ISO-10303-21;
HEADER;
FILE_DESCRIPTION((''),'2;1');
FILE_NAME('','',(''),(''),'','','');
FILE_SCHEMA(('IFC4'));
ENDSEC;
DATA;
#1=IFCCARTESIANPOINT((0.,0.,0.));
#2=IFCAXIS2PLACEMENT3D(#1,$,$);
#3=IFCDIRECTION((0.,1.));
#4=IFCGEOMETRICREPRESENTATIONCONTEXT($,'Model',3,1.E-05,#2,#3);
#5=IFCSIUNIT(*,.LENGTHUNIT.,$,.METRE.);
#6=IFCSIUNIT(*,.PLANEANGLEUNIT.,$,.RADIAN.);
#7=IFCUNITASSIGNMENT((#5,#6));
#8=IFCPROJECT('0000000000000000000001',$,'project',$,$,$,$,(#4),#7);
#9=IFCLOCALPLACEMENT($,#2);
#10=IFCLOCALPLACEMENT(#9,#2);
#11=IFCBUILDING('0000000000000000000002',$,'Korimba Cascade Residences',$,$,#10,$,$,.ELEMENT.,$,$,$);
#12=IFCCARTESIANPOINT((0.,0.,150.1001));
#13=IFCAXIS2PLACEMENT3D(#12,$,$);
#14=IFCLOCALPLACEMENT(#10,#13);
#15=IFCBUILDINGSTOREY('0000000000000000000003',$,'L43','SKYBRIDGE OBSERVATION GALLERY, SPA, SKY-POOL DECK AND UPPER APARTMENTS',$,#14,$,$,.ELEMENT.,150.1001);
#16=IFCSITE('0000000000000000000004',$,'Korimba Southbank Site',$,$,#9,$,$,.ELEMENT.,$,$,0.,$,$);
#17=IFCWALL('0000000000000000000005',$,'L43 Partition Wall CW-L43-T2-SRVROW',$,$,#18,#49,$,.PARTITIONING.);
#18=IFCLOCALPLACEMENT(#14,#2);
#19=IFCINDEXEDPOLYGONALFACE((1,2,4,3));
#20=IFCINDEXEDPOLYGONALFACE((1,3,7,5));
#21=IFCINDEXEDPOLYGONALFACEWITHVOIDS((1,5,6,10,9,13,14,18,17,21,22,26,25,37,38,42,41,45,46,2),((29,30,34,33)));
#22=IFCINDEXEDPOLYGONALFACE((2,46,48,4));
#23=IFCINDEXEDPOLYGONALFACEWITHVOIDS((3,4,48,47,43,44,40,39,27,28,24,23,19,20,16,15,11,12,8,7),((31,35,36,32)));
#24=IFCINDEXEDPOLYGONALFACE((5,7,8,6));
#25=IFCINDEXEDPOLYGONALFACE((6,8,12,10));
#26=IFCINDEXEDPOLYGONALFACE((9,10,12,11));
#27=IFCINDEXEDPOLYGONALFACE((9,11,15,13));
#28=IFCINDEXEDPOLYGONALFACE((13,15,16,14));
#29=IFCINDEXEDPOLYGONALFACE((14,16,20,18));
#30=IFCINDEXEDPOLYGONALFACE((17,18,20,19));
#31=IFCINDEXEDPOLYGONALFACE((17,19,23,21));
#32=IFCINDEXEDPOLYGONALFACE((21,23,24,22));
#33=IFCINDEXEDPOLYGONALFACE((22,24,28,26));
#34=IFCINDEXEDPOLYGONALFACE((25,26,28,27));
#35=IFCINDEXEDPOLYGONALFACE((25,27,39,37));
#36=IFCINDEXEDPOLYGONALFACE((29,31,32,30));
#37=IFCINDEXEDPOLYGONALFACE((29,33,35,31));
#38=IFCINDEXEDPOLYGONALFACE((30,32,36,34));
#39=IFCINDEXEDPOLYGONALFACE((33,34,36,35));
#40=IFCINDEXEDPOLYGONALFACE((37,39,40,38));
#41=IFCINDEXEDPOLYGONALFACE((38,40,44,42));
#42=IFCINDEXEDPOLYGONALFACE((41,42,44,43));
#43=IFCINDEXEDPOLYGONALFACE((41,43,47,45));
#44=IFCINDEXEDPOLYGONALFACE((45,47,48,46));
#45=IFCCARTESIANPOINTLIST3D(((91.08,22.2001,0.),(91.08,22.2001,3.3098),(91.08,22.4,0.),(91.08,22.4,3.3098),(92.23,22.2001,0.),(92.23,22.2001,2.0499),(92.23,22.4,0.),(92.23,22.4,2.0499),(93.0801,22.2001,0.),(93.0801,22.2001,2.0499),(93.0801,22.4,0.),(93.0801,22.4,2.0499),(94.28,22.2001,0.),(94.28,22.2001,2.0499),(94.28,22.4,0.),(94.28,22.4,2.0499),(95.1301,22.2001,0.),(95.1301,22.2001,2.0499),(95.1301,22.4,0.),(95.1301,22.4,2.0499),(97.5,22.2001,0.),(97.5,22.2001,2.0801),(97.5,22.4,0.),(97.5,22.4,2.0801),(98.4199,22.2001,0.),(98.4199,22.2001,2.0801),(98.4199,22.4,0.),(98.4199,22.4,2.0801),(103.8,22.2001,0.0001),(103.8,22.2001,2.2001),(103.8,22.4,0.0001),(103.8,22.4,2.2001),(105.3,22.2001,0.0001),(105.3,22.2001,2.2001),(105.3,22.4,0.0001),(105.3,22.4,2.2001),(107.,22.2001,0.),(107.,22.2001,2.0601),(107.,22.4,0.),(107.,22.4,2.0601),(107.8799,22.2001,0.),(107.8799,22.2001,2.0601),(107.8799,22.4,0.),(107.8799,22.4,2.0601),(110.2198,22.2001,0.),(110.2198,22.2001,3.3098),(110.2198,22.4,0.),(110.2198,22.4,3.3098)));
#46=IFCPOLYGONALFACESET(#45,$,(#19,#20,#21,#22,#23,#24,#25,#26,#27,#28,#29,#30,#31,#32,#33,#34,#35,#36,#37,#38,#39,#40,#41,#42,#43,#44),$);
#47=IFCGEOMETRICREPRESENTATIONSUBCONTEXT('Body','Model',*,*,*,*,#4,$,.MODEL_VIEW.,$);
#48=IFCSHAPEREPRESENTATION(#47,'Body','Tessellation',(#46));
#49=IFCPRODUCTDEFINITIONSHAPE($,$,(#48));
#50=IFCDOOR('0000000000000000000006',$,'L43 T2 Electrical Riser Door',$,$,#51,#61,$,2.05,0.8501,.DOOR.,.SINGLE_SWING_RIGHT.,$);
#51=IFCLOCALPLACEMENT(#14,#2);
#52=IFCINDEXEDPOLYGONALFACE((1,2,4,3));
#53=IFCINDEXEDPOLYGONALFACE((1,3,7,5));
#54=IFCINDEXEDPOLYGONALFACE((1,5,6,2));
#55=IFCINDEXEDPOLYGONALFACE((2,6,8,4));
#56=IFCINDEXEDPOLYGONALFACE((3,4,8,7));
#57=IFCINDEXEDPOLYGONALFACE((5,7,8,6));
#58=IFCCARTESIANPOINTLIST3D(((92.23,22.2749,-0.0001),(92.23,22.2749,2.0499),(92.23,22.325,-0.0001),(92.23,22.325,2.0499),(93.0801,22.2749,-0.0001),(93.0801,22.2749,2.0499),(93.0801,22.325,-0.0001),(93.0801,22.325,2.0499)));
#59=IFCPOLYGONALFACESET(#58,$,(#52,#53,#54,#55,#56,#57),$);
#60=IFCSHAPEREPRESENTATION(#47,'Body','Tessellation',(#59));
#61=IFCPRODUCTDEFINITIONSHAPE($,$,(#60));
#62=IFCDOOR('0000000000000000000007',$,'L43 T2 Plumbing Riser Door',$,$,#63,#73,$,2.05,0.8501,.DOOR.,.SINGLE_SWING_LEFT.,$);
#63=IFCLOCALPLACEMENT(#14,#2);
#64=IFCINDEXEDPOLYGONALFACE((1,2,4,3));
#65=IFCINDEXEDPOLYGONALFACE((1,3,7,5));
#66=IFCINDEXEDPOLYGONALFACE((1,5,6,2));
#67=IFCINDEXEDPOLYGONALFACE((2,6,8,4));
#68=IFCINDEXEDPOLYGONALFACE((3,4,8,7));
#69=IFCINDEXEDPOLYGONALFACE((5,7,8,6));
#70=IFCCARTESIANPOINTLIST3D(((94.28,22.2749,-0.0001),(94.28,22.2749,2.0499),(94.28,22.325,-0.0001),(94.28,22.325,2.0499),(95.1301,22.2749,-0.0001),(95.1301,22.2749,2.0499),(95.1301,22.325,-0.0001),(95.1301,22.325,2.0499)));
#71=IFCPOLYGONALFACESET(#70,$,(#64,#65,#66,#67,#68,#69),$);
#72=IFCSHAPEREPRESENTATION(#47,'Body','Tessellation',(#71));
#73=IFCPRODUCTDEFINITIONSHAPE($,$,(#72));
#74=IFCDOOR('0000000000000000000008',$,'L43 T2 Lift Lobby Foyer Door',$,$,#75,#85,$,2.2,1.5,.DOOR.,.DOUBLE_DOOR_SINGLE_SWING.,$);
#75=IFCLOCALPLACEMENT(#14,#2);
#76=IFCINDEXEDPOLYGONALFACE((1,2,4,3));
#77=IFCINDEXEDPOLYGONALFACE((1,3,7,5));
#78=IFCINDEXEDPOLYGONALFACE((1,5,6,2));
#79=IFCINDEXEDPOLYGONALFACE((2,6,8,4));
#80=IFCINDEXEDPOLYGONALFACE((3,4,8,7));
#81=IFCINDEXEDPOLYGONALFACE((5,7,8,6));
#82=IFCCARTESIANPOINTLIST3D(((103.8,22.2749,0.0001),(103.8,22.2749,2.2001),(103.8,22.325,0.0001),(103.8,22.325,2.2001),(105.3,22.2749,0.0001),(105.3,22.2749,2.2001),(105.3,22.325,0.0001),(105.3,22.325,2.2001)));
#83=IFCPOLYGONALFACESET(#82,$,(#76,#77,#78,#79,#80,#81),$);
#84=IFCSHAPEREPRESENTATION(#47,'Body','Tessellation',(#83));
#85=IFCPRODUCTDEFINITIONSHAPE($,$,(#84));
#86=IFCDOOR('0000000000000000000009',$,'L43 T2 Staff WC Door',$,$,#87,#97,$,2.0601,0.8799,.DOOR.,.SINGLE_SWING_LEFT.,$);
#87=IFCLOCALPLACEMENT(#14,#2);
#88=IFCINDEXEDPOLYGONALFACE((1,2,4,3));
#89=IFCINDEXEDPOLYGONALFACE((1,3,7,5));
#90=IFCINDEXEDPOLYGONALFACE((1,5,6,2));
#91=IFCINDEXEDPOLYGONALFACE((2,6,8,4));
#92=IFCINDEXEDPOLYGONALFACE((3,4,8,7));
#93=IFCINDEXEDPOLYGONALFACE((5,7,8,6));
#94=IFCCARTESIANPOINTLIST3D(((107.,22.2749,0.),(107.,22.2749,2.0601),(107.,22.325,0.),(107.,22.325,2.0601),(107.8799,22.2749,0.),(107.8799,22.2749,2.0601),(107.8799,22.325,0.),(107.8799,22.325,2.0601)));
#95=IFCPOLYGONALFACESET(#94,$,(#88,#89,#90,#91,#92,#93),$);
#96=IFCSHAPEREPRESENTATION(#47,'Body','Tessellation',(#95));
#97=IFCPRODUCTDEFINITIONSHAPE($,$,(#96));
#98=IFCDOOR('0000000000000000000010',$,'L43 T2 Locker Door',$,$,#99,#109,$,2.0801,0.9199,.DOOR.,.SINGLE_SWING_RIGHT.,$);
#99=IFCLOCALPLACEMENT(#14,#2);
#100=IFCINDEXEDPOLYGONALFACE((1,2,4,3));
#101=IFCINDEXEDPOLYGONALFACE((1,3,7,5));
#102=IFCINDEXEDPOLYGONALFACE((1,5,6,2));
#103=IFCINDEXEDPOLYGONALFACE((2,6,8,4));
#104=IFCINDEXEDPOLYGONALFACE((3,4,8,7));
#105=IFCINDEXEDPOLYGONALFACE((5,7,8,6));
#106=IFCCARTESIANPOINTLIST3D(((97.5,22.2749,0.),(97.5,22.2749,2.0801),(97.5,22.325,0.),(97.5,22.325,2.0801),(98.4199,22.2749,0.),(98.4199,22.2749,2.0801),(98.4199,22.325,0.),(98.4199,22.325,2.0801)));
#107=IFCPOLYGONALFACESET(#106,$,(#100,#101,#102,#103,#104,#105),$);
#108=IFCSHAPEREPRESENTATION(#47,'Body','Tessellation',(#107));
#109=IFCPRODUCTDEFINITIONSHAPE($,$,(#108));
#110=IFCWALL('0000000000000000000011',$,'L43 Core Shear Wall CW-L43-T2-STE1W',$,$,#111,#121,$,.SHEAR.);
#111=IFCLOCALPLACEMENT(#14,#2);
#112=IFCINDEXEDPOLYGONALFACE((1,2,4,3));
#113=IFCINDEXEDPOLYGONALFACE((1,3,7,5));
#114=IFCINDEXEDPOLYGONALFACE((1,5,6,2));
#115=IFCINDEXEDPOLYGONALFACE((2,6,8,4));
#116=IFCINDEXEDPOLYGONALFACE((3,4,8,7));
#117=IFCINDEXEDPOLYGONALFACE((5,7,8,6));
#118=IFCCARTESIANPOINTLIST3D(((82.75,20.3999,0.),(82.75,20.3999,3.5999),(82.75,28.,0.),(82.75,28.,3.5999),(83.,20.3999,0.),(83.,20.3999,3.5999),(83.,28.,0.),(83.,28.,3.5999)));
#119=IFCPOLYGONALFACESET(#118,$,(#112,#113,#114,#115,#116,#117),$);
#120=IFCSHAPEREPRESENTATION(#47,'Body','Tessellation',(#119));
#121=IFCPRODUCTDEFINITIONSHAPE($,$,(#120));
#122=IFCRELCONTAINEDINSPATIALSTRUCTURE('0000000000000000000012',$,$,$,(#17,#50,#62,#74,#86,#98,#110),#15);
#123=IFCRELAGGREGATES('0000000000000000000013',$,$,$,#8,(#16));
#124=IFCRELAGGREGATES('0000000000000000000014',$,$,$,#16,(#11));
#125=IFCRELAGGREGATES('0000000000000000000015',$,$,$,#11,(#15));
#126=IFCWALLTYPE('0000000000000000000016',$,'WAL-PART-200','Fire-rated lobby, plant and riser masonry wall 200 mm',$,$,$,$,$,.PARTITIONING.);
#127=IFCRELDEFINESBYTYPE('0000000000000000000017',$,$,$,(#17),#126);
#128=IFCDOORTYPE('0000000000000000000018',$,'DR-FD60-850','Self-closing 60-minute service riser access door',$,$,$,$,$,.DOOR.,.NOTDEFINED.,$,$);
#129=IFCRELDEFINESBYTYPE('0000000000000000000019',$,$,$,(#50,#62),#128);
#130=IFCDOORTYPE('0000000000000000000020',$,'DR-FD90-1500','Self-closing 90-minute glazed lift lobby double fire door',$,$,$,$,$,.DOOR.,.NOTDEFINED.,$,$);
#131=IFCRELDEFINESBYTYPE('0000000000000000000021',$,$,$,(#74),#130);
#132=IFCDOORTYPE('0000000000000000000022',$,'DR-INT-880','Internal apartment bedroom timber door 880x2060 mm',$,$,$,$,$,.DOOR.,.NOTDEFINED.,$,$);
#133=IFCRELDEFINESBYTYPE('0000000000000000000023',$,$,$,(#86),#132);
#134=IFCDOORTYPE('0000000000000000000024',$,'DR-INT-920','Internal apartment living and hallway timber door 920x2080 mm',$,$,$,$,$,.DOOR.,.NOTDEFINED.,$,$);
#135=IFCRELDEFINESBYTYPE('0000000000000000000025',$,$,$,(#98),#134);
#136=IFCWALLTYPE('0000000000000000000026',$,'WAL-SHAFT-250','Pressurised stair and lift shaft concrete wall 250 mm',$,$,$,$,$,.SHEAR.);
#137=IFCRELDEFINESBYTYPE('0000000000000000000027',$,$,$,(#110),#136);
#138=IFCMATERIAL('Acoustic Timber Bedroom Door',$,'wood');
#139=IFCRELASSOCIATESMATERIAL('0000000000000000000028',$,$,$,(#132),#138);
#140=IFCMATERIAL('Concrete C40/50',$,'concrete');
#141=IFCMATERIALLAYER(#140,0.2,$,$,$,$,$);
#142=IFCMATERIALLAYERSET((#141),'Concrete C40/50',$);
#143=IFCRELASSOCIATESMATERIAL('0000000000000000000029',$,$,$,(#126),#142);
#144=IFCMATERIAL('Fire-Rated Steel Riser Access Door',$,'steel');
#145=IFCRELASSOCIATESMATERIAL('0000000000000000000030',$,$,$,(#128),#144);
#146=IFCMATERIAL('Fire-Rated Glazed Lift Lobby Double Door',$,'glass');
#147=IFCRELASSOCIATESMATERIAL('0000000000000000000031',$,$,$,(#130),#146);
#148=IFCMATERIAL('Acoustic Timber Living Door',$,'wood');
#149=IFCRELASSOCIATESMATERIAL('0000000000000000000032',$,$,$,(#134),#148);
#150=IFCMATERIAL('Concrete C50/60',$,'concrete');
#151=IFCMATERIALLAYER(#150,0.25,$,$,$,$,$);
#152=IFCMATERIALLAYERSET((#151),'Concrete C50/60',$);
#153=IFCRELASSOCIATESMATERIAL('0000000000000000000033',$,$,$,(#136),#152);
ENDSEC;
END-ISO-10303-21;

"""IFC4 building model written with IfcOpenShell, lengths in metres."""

from ifc_helpers import new_model, si_unit, direction, frame, frame_2d, origin, place, context, subcontext, project, spatial, rectangle, extrude, material, layer, layer_set, type_object, element, fill, save


model = new_model("IFC4")

# Units and contexts
model_context = context("Model", 3, precision=1e-05, world=origin(), true_north=direction((0.0, 1.0)))
body_context = subcontext(model_context, "Body", "Model", "MODEL_VIEW")
ifc_project = project(units=[si_unit("LENGTHUNIT", "METRE"), si_unit("PLANEANGLEUNIT", "RADIAN")], contexts=[model_context])

# Site, building, storey
site_placement = place(None, origin())
site = spatial("IfcSite", under=ifc_project, at=site_placement, Name="Korimba Southbank Site", CompositionType="ELEMENT", RefElevation=0.0)
building_placement = place(site_placement, origin())
building = spatial("IfcBuilding", under=site, at=building_placement, Name="Korimba Cascade Residences", CompositionType="ELEMENT")
storey_placement = place(building_placement, frame((0.0, 0.0, 150.1001)))
storey = spatial("IfcBuildingStorey", under=building, at=storey_placement, Name="L43", Description="SKYBRIDGE OBSERVATION GALLERY, SPA, SKY-POOL DECK AND UPPER APARTMENTS", CompositionType="ELEMENT", Elevation=150.1001)

# Shared definitions
ifc_material_1 = material(Name="Acoustic Timber Bedroom Door", Category="wood")
door_type_1 = type_object("IfcDoorType", Name="DR-INT-880", Description="Internal apartment bedroom timber door 880x2060 mm", OperationType="NOTDEFINED", PredefinedType="DOOR", material=ifc_material_1)
ifc_material_2 = material(Name="Concrete C40/50", Category="concrete")
ifc_layer_1 = layer(ifc_material_2, 0.2)
ifc_layer_set_1 = layer_set([ifc_layer_1], Name="Concrete C40/50")
wall_type_1 = type_object("IfcWallType", Name="WAL-PART-200", Description="Fire-rated lobby, plant and riser masonry wall 200 mm", PredefinedType="PARTITIONING", material=ifc_layer_set_1)

# Wall, openings, doors
wall_1_placement = place(storey_placement, frame((91.0801, 22.3, 0.0), z_axis=(0.0, 0.0, 1.0), x_axis=(1.0, 0.0, 0.0)))
wall_1 = element("IfcWall", 1, at=wall_1_placement, inside=storey, type_object=wall_type_1, Name="L43 Partition Wall CW-L43-T2-SRVROW", PredefinedType="PARTITIONING", context=body_context, shape_type="SweptSolid", body=[
    extrude(rectangle(XDim=19.1399, YDim=0.2, at=frame_2d((9.5698, 0.0))), origin(), (0.0, 0.0, 1.0), 3.3098),
])
opening_1_placement = place(wall_1_placement, frame((1.1499, 0.0, 0.0)))
opening_1 = element("IfcOpeningElement", 2, at=opening_1_placement, cuts=wall_1, PredefinedType="OPENING", context=body_context, shape_type="SweptSolid", body=[
    extrude(rectangle(XDim=0.8501, YDim=2.05, at=frame_2d((0.425, 1.0249))), frame((0.0, 0.1099, 0.0), z_axis=(0.0, -1.0, 0.0), x_axis=(1.0, 0.0, 0.0)), (0.0, 0.0, 1.0), 0.22),
])
opening_2_placement = place(wall_1_placement, frame((3.2, 0.0, 0.0)))
opening_2 = element("IfcOpeningElement", 3, at=opening_2_placement, cuts=wall_1, PredefinedType="OPENING", context=body_context, shape_type="SweptSolid", body=[
    extrude(rectangle(XDim=0.8501, YDim=2.05, at=frame_2d((0.425, 1.0249))), frame((0.0, 0.1099, 0.0), z_axis=(0.0, -1.0, 0.0), x_axis=(1.0, 0.0, 0.0)), (0.0, 0.0, 1.0), 0.22),
])
opening_3_placement = place(wall_1_placement, frame((12.72, 0.0, 0.0)))
opening_3 = element("IfcOpeningElement", 4, at=opening_3_placement, cuts=wall_1, PredefinedType="OPENING", context=body_context, shape_type="SweptSolid", body=[
    extrude(rectangle(XDim=1.5, YDim=2.2, at=frame_2d((0.75, 1.1001))), frame((0.0, 0.1099, 0.0), z_axis=(0.0, -1.0, 0.0), x_axis=(1.0, 0.0, 0.0)), (0.0, 0.0, 1.0), 0.22),
])
opening_4_placement = place(wall_1_placement, frame((6.4199, 0.0, 0.0)))
opening_4 = element("IfcOpeningElement", 5, at=opening_4_placement, cuts=wall_1, PredefinedType="OPENING", context=body_context, shape_type="SweptSolid", body=[
    extrude(rectangle(XDim=0.9199, YDim=2.0801, at=frame_2d((0.46, 1.04))), frame((0.0, 0.1099, 0.0), z_axis=(0.0, -1.0, 0.0), x_axis=(1.0, 0.0, 0.0)), (0.0, 0.0, 1.0), 0.22),
])
opening_5_placement = place(wall_1_placement, frame((15.9199, 0.0, 0.0)))
opening_5 = element("IfcOpeningElement", 6, at=opening_5_placement, cuts=wall_1, PredefinedType="OPENING", context=body_context, shape_type="SweptSolid", body=[
    extrude(rectangle(XDim=0.8799, YDim=2.0601, at=frame_2d((0.4399, 1.03))), frame((0.0, 0.1099, 0.0), z_axis=(0.0, -1.0, 0.0), x_axis=(1.0, 0.0, 0.0)), (0.0, 0.0, 1.0), 0.22),
])
ifc_material_3 = material(Name="Fire-Rated Steel Riser Access Door", Category="steel")
door_type_2 = type_object("IfcDoorType", Name="DR-FD60-850", Description="Self-closing 60-minute service riser access door", OperationType="NOTDEFINED", PredefinedType="DOOR", material=ifc_material_3)
door_1_placement = place(opening_1_placement, origin())
door_1 = element("IfcDoor", 7, at=door_1_placement, inside=storey, type_object=door_type_2, Name="L43 T2 Electrical Riser Door", OperationType="SINGLE_SWING_RIGHT", OverallHeight=2.05, OverallWidth=0.8501, PredefinedType="DOOR", context=body_context, shape_type="SweptSolid", body=[
    extrude(rectangle(XDim=0.8501, YDim=2.05, at=frame_2d((0.425, 1.0249))), frame((0.0, 0.0249, 0.0), z_axis=(0.0, -1.0, 0.0), x_axis=(1.0, 0.0, 0.0)), (0.0, 0.0, 1.0), 0.05),
])
fill(opening_1, door_1)
door_2_placement = place(opening_2_placement, origin())
door_2 = element("IfcDoor", 8, at=door_2_placement, inside=storey, type_object=door_type_2, Name="L43 T2 Plumbing Riser Door", OperationType="SINGLE_SWING_LEFT", OverallHeight=2.05, OverallWidth=0.8501, PredefinedType="DOOR", context=body_context, shape_type="SweptSolid", body=[
    extrude(rectangle(XDim=0.8501, YDim=2.05, at=frame_2d((0.425, 1.0249))), frame((0.0, 0.0249, 0.0), z_axis=(0.0, -1.0, 0.0), x_axis=(1.0, 0.0, 0.0)), (0.0, 0.0, 1.0), 0.05),
])
fill(opening_2, door_2)
ifc_material_4 = material(Name="Fire-Rated Glazed Lift Lobby Double Door", Category="glass")
door_type_3 = type_object("IfcDoorType", Name="DR-FD90-1500", Description="Self-closing 90-minute glazed lift lobby double fire door", OperationType="NOTDEFINED", PredefinedType="DOOR", material=ifc_material_4)
door_3_placement = place(opening_3_placement, origin())
door_3 = element("IfcDoor", 9, at=door_3_placement, inside=storey, type_object=door_type_3, Name="L43 T2 Lift Lobby Foyer Door", OperationType="DOUBLE_DOOR_SINGLE_SWING", OverallHeight=2.2, OverallWidth=1.5, PredefinedType="DOOR", context=body_context, shape_type="SweptSolid", body=[
    extrude(rectangle(XDim=1.5, YDim=2.2, at=frame_2d((0.75, 1.1001))), frame((0.0, 0.0249, 0.0), z_axis=(0.0, -1.0, 0.0), x_axis=(1.0, 0.0, 0.0)), (0.0, 0.0, 1.0), 0.05),
])
fill(opening_3, door_3)
door_4_placement = place(opening_5_placement, origin())
door_4 = element("IfcDoor", 10, at=door_4_placement, inside=storey, type_object=door_type_1, Name="L43 T2 Staff WC Door", OperationType="SINGLE_SWING_LEFT", OverallHeight=2.0601, OverallWidth=0.8799, PredefinedType="DOOR", context=body_context, shape_type="SweptSolid", body=[
    extrude(rectangle(XDim=0.8799, YDim=2.0601, at=frame_2d((0.4399, 1.03))), frame((0.0, 0.0249, 0.0), z_axis=(0.0, -1.0, 0.0), x_axis=(1.0, 0.0, 0.0)), (0.0, 0.0, 1.0), 0.05),
])
fill(opening_5, door_4)
ifc_material_5 = material(Name="Acoustic Timber Living Door", Category="wood")
door_type_4 = type_object("IfcDoorType", Name="DR-INT-920", Description="Internal apartment living and hallway timber door 920x2080 mm", OperationType="NOTDEFINED", PredefinedType="DOOR", material=ifc_material_5)
door_5_placement = place(opening_4_placement, origin())
door_5 = element("IfcDoor", 11, at=door_5_placement, inside=storey, type_object=door_type_4, Name="L43 T2 Locker Door", OperationType="SINGLE_SWING_RIGHT", OverallHeight=2.0801, OverallWidth=0.9199, PredefinedType="DOOR", context=body_context, shape_type="SweptSolid", body=[
    extrude(rectangle(XDim=0.9199, YDim=2.0801, at=frame_2d((0.46, 1.04))), frame((0.0, 0.0249, 0.0), z_axis=(0.0, -1.0, 0.0), x_axis=(1.0, 0.0, 0.0)), (0.0, 0.0, 1.0), 0.05),
])
fill(opening_4, door_5)

# Wall
ifc_material_6 = material(Name="Concrete C50/60", Category="concrete")
ifc_layer_2 = layer(ifc_material_6, 0.25)
ifc_layer_set_2 = layer_set([ifc_layer_2], Name="Concrete C50/60")
wall_type_2 = type_object("IfcWallType", Name="WAL-SHAFT-250", Description="Pressurised stair and lift shaft concrete wall 250 mm", PredefinedType="SHEAR", material=ifc_layer_set_2)
wall_2_placement = place(storey_placement, frame((82.875, 20.3999, 0.0), z_axis=(0.0, 0.0, 1.0), x_axis=(0.0, 1.0, 0.0)))
element("IfcWall", 12, at=wall_2_placement, inside=storey, type_object=wall_type_2, Name="L43 Core Shear Wall CW-L43-T2-STE1W", PredefinedType="SHEAR", context=body_context, shape_type="SweptSolid", body=[
    extrude(rectangle(XDim=7.6001, YDim=0.25, at=frame_2d((3.8, 0.0))), origin(), (0.0, 0.0, 1.0), 3.5999),
])

save(model, "model.ifc")
